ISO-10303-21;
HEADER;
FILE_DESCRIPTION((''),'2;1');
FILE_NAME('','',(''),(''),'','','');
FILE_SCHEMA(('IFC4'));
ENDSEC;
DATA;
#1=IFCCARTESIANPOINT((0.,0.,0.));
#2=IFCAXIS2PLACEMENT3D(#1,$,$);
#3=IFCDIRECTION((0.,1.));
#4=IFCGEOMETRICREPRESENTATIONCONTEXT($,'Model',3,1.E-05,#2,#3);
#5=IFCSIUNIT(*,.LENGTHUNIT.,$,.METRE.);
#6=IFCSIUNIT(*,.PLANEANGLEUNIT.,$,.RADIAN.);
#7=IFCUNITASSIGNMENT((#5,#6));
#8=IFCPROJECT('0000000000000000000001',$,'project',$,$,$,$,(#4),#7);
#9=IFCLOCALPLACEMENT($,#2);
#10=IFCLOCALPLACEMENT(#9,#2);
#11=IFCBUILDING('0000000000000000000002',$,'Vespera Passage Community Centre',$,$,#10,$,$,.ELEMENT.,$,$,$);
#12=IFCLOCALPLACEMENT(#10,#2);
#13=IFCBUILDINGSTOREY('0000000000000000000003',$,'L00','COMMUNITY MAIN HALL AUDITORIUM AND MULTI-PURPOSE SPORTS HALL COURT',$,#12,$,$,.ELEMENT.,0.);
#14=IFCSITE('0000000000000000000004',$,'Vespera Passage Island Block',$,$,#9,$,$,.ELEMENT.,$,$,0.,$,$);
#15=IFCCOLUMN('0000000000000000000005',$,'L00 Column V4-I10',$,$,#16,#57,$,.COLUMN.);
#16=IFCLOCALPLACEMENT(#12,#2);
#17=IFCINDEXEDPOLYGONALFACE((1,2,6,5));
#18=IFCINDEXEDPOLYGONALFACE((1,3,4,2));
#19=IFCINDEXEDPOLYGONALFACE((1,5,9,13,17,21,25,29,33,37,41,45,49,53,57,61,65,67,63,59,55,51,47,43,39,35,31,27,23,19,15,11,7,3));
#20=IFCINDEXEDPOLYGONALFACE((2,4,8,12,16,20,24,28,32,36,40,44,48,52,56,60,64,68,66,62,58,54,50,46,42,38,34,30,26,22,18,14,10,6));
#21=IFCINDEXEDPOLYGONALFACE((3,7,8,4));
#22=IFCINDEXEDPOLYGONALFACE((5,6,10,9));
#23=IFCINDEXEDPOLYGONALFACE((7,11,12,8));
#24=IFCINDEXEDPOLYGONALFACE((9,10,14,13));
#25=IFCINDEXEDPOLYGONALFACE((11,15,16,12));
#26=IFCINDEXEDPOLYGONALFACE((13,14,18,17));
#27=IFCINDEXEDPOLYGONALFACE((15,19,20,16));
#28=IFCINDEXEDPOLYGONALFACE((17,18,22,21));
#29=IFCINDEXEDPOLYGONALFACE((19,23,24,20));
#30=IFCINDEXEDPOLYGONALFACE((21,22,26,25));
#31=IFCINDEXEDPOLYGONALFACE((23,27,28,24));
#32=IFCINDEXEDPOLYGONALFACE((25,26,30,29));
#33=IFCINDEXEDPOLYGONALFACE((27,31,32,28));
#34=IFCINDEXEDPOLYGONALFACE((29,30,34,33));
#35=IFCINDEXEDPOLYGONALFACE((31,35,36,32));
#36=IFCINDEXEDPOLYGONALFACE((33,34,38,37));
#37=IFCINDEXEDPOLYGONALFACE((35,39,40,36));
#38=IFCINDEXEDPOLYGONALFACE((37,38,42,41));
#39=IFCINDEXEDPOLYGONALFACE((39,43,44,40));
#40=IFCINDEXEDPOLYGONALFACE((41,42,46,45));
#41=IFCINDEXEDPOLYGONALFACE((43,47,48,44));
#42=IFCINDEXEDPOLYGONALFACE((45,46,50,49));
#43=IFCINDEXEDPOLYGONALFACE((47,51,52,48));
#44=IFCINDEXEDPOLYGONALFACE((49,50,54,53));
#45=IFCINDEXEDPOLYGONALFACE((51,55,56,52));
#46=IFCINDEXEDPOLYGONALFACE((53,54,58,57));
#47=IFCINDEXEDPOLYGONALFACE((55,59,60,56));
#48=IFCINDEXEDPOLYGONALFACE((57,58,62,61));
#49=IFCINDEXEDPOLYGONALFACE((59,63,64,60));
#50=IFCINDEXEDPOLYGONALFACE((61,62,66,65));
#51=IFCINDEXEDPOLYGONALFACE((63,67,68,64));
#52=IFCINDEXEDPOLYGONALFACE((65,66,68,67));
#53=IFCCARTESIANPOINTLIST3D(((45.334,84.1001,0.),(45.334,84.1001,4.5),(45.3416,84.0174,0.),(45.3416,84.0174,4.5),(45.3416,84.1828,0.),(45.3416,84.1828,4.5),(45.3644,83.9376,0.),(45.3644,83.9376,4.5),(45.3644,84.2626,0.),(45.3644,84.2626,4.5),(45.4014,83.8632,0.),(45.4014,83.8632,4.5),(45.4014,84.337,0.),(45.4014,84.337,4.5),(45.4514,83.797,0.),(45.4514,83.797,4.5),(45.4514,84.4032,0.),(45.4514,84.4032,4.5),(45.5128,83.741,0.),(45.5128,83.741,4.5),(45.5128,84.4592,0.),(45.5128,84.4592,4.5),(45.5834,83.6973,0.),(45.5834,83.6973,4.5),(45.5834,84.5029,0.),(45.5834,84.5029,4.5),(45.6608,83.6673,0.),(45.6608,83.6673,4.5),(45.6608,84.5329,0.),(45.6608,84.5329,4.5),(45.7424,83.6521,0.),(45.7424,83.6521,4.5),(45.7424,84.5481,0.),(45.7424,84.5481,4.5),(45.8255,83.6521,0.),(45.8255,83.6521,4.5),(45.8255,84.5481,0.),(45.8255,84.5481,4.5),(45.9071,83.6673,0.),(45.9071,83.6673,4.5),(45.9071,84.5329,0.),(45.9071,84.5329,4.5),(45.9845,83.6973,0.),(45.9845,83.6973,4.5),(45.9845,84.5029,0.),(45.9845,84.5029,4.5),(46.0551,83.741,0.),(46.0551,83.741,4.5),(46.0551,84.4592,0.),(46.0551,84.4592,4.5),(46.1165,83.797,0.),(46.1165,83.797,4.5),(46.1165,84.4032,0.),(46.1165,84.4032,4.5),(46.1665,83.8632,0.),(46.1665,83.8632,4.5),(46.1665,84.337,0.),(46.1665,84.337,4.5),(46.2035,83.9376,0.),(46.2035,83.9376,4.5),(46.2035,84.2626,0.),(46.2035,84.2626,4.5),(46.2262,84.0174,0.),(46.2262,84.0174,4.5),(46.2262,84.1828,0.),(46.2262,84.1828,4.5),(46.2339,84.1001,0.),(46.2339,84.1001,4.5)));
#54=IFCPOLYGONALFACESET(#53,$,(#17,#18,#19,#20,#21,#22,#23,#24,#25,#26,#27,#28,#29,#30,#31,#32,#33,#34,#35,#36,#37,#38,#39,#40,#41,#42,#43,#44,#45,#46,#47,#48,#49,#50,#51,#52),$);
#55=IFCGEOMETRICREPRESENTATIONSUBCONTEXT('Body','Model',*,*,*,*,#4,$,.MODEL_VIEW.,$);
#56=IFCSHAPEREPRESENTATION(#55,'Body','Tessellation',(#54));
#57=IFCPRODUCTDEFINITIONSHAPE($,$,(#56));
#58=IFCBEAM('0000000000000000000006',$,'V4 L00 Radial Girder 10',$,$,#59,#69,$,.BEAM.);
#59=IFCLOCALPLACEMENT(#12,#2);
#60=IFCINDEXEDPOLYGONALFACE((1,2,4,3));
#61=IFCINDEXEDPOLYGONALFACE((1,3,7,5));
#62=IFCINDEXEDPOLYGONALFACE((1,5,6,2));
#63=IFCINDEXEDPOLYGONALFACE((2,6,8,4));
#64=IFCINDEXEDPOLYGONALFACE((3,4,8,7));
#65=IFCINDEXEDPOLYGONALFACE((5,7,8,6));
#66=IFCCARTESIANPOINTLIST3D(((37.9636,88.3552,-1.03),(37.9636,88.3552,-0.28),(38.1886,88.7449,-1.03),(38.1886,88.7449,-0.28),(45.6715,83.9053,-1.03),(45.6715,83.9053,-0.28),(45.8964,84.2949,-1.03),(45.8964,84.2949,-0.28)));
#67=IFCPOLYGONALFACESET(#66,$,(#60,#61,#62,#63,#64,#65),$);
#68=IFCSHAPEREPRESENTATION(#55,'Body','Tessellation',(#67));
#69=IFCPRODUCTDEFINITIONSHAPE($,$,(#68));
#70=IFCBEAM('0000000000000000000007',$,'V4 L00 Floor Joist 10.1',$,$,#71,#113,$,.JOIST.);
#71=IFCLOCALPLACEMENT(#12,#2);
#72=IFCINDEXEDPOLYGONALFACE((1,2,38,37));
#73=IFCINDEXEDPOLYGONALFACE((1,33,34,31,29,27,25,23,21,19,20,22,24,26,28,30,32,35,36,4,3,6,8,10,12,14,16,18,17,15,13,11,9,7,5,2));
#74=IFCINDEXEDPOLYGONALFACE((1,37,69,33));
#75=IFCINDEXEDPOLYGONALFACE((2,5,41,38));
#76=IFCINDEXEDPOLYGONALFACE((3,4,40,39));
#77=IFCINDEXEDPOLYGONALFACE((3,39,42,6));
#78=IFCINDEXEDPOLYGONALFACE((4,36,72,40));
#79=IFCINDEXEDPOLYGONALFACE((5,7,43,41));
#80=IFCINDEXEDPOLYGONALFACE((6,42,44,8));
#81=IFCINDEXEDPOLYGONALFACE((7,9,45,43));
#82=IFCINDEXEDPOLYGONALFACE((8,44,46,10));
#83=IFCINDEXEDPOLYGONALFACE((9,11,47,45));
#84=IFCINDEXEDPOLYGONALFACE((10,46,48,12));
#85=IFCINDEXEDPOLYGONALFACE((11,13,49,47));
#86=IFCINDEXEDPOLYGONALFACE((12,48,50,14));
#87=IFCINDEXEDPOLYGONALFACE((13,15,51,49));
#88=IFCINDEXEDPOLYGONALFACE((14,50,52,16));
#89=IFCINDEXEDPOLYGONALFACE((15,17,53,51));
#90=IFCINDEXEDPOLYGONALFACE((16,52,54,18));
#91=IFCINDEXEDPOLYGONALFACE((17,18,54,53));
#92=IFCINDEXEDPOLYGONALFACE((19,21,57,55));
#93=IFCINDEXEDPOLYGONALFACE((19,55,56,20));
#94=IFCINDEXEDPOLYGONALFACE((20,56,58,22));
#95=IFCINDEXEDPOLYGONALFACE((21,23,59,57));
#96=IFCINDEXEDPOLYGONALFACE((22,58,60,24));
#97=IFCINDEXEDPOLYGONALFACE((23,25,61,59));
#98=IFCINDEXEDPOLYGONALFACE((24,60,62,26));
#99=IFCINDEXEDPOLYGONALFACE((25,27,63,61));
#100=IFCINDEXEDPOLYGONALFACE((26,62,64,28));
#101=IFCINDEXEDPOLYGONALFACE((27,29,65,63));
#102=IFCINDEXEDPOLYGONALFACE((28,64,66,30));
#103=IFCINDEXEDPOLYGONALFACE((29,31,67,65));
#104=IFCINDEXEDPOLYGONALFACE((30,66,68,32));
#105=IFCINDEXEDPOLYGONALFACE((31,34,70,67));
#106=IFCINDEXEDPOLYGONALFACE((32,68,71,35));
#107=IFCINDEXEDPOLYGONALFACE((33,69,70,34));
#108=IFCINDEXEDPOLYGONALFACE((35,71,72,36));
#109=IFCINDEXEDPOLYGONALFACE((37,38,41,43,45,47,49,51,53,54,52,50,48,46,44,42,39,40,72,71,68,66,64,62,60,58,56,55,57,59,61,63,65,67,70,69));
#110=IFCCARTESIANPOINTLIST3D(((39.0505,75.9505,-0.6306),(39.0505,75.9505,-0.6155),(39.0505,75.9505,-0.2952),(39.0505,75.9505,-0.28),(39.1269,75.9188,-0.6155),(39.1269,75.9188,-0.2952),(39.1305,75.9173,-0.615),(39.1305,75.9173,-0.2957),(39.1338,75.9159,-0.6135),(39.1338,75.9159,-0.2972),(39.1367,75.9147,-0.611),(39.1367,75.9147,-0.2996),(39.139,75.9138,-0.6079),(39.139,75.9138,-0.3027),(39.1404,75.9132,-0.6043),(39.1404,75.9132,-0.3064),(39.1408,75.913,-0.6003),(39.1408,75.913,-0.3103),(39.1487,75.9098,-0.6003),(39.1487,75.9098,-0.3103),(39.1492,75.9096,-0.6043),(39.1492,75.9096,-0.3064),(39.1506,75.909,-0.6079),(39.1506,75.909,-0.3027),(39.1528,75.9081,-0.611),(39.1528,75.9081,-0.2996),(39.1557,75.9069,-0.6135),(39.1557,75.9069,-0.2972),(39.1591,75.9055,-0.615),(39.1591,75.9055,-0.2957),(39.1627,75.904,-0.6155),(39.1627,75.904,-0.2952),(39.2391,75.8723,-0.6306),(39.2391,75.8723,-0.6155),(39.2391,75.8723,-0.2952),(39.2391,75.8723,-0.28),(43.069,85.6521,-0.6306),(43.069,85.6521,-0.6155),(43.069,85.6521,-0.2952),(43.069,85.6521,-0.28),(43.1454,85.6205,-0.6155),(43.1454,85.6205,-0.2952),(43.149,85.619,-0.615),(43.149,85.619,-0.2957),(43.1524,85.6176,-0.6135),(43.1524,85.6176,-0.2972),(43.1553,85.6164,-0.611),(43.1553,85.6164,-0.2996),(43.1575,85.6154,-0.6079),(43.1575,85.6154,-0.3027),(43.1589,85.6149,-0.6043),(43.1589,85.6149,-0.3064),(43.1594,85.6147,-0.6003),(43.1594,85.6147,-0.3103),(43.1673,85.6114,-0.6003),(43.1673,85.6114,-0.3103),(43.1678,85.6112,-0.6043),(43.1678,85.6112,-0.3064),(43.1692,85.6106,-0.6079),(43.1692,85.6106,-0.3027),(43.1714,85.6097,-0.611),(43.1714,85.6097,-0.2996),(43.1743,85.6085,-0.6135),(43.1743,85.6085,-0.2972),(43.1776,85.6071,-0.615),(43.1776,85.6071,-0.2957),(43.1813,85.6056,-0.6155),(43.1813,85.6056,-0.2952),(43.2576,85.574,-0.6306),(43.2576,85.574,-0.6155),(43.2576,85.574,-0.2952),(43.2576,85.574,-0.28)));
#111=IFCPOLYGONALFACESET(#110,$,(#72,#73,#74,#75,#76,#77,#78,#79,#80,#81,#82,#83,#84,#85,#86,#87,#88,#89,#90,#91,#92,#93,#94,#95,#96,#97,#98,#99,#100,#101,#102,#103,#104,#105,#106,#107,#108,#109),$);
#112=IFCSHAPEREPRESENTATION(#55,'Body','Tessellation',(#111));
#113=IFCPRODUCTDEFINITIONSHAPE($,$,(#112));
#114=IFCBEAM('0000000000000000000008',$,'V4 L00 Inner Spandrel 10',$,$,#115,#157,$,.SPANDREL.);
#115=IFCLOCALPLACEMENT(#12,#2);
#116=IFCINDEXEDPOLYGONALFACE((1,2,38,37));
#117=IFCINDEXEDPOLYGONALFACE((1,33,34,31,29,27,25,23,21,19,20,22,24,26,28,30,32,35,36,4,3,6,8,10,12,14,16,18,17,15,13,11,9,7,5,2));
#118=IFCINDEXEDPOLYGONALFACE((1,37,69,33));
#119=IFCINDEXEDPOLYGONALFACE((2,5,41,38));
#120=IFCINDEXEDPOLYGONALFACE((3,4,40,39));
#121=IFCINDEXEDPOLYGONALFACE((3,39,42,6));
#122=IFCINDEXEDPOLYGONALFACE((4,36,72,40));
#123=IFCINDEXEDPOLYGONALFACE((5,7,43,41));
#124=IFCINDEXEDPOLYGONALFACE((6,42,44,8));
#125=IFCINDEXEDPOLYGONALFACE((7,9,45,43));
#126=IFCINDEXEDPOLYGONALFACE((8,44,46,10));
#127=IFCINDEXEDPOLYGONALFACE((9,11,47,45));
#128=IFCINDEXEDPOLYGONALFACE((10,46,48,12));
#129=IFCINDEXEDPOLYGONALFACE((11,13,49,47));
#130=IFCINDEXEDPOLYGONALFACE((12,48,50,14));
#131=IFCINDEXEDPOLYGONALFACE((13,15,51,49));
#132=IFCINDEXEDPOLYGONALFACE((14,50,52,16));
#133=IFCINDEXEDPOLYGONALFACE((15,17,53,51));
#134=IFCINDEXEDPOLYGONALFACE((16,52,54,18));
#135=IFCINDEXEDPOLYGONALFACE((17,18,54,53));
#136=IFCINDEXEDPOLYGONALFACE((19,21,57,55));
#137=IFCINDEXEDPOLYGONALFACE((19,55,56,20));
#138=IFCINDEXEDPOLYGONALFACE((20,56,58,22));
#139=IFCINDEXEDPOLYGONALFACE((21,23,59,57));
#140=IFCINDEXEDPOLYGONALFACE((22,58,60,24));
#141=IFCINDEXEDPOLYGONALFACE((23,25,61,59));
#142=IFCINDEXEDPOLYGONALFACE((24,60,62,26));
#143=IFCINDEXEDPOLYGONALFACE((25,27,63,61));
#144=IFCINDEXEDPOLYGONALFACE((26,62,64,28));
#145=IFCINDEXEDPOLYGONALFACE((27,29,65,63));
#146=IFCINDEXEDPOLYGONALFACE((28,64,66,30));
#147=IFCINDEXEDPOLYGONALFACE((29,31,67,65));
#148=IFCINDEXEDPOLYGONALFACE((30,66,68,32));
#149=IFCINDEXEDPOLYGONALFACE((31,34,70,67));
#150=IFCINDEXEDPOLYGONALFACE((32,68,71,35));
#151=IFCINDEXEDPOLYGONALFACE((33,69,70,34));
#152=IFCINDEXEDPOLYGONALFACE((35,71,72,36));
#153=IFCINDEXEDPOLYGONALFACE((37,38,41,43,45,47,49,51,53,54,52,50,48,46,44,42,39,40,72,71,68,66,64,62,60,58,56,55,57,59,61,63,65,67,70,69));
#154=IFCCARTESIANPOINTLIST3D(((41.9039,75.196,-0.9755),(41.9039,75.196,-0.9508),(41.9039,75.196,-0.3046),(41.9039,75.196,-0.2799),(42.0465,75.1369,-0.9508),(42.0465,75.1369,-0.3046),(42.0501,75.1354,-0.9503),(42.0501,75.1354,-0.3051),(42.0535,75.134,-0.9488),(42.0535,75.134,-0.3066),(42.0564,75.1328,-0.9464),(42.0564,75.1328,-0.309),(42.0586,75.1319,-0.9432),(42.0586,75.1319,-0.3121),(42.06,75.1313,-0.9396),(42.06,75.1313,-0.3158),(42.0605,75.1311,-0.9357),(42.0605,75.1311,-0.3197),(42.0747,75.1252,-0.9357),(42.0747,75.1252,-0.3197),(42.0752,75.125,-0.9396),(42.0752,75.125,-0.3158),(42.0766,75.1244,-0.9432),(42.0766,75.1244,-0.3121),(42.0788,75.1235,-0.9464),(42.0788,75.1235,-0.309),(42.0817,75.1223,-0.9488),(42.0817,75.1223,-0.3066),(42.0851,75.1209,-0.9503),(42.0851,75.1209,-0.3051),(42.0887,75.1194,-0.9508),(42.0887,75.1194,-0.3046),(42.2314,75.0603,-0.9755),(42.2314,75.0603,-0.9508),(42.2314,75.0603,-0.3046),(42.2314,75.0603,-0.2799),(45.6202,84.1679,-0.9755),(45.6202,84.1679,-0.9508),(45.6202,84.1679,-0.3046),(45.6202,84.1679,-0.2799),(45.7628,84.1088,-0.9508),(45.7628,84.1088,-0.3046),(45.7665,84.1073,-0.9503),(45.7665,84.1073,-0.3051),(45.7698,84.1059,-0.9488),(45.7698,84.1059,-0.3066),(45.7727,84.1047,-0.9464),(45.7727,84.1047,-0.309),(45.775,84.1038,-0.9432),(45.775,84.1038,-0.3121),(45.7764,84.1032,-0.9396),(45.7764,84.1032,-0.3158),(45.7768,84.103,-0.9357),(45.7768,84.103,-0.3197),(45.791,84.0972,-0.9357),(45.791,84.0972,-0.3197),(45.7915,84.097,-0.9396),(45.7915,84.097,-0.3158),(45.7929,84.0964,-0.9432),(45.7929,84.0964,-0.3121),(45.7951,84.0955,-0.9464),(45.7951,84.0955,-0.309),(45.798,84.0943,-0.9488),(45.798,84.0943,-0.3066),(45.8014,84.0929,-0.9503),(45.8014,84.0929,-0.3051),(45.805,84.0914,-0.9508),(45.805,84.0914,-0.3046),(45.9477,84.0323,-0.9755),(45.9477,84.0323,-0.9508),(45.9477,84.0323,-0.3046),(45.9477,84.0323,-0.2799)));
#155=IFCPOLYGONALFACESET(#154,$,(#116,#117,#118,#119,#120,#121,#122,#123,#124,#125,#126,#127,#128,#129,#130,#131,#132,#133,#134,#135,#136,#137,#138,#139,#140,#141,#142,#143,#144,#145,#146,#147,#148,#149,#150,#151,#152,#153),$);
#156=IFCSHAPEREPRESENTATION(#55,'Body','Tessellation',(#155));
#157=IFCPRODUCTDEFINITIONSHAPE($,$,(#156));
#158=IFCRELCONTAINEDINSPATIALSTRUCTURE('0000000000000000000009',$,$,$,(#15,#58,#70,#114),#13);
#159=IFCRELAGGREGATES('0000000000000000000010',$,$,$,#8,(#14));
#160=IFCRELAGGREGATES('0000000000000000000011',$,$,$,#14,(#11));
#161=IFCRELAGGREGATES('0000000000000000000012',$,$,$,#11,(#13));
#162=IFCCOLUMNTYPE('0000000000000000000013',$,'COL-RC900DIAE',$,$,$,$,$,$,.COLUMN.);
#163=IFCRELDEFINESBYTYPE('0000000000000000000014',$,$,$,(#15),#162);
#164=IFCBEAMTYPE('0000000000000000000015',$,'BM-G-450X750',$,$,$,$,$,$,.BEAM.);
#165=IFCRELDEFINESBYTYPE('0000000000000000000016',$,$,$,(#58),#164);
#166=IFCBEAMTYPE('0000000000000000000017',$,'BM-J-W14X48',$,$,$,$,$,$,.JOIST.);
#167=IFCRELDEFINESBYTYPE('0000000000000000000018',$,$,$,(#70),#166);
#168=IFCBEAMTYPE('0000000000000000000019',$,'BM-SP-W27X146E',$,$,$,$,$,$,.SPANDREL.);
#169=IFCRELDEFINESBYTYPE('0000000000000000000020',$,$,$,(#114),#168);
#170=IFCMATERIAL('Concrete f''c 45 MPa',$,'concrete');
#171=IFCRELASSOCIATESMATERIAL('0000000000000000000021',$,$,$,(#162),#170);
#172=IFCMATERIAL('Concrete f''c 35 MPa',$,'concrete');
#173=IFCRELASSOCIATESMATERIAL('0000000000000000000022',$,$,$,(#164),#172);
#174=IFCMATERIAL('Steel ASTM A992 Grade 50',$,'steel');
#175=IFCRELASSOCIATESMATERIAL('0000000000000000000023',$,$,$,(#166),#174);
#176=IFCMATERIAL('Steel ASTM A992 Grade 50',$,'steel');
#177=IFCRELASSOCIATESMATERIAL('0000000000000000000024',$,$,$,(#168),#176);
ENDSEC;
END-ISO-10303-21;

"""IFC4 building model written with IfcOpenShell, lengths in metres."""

from ifc_helpers import new_model, si_unit, direction, frame, origin, origin_2d, place, context, subcontext, project, spatial, rectangle, circle, i_section, extrude, material, material_profile, profile_set, type_object, element, save


model = new_model("IFC4")

# Units and contexts
model_context = context("Model", 3, precision=1e-05, world=origin(), true_north=direction((0.0, 1.0)))
body_context = subcontext(model_context, "Body", "Model", "MODEL_VIEW")
ifc_project = project(units=[si_unit("LENGTHUNIT", "METRE"), si_unit("PLANEANGLEUNIT", "RADIAN")], contexts=[model_context])

# Site, building, storey
site_placement = place(None, origin())
site = spatial("IfcSite", under=ifc_project, at=site_placement, Name="Vespera Passage Island Block", CompositionType="ELEMENT", RefElevation=0.0)
building_placement = place(site_placement, origin())
building = spatial("IfcBuilding", under=site, at=building_placement, Name="Vespera Passage Community Centre", CompositionType="ELEMENT")
storey_placement = place(building_placement, origin())
storey = spatial("IfcBuildingStorey", under=building, at=storey_placement, Name="L00", Description="COMMUNITY MAIN HALL AUDITORIUM AND MULTI-PURPOSE SPORTS HALL COURT", CompositionType="ELEMENT", Elevation=0.0)

# Column
ifc_material_1 = material(Name="Concrete f'c 45 MPa", Category="concrete")
ifc_material_profile_1 = material_profile(ifc_material_1, circle(Radius=0.45, at=origin_2d()), Name="RC900DIA")
ifc_profile_set_1 = profile_set([ifc_material_profile_1], Name="Concrete f'c 45 MPa")
column_type = type_object("IfcColumnType", Name="COL-RC900DIAE", PredefinedType="COLUMN", material=ifc_profile_set_1)
column_placement = place(storey_placement, frame((45.7839, 84.1001, 0.0), z_axis=(0.0, 0.0, 1.0), x_axis=(1.0, 0.0, 0.0)))
element("IfcColumn", 1, at=column_placement, inside=storey, type_object=column_type, Name="L00 Column V4-I10", PredefinedType="COLUMN", context=body_context, shape_type="SweptSolid", body=[
    extrude(circle(Radius=0.45, at=origin_2d()), origin(), (0.0, 0.0, 1.0), 4.5),
])

# Beams
ifc_material_2 = material(Name="Concrete f'c 35 MPa", Category="concrete")
ifc_material_profile_2 = material_profile(ifc_material_2, rectangle(XDim=0.45, YDim=0.75, at=origin_2d()), Name="RC450X750")
ifc_profile_set_2 = profile_set([ifc_material_profile_2], Name="Concrete f'c 35 MPa")
beam_type_1 = type_object("IfcBeamType", Name="BM-G-450X750", PredefinedType="BEAM", material=ifc_profile_set_2)
beam_1_placement = place(storey_placement, frame((45.7839, 84.1001, -0.655), z_axis=(-0.866032, 0.499989, 0.0), x_axis=(-0.499989, -0.866032, 0.0)))
element("IfcBeam", 2, at=beam_1_placement, inside=storey, type_object=beam_type_1, Name="V4 L00 Radial Girder 10", PredefinedType="BEAM", context=body_context, shape_type="SweptSolid", body=[
    extrude(rectangle(XDim=0.45, YDim=0.75, at=origin_2d()), origin(), (0.0, 0.0, 1.0), 8.9001),
])
ifc_material_3 = material(Name="Steel ASTM A992 Grade 50", Category="steel")
ifc_material_profile_3 = material_profile(ifc_material_3, i_section(OverallWidth=0.2041, OverallDepth=0.3506, WebThickness=0.0085, FlangeThickness=0.0151, FilletRadius=0.0151, at=origin_2d()), Name="W14X48")
ifc_profile_set_3 = profile_set([ifc_material_profile_3], Name="Steel ASTM A992 Grade 50")
beam_type_2 = type_object("IfcBeamType", Name="BM-J-W14X48", PredefinedType="JOIST", material=ifc_profile_set_3)
beam_2_placement = place(storey_placement, frame((43.1633, 85.613, -0.4553), z_axis=(-0.382683, -0.92388, 0.0), x_axis=(0.92388, -0.382683, 0.0)))
element("IfcBeam", 3, at=beam_2_placement, inside=storey, type_object=beam_type_2, Name="V4 L00 Floor Joist 10.1", PredefinedType="JOIST", context=body_context, shape_type="SweptSolid", body=[
    extrude(i_section(OverallWidth=0.2041, OverallDepth=0.3506, WebThickness=0.0085, FlangeThickness=0.0151, FilletRadius=0.0151, at=origin_2d()), origin(), (0.0, 0.0, 1.0), 10.501),
])
ifc_material_4 = material(Name="Steel ASTM A992 Grade 50", Category="steel")
ifc_material_profile_4 = material_profile(ifc_material_4, i_section(OverallWidth=0.3545, OverallDepth=0.6956, WebThickness=0.0154, FlangeThickness=0.0247, FilletRadius=0.0151, at=origin_2d()), Name="W27X146")
ifc_profile_set_4 = profile_set([ifc_material_profile_4], Name="Steel ASTM A992 Grade 50")
beam_type_3 = type_object("IfcBeamType", Name="BM-SP-W27X146E", PredefinedType="SPANDREL", material=ifc_profile_set_4)
beam_3_placement = place(storey_placement, frame((45.7839, 84.1001, -0.6277), z_axis=(-0.382685, -0.923879, 0.0), x_axis=(0.923879, -0.382685, 0.0)))
element("IfcBeam", 4, at=beam_3_placement, inside=storey, type_object=beam_type_3, Name="V4 L00 Inner Spandrel 10", PredefinedType="SPANDREL", context=body_context, shape_type="SweptSolid", body=[
    extrude(i_section(OverallWidth=0.3545, OverallDepth=0.6956, WebThickness=0.0154, FlangeThickness=0.0247, FilletRadius=0.0151, at=origin_2d()), origin(), (0.0, 0.0, 1.0), 9.7112),
])

save(model, "model.ifc")
